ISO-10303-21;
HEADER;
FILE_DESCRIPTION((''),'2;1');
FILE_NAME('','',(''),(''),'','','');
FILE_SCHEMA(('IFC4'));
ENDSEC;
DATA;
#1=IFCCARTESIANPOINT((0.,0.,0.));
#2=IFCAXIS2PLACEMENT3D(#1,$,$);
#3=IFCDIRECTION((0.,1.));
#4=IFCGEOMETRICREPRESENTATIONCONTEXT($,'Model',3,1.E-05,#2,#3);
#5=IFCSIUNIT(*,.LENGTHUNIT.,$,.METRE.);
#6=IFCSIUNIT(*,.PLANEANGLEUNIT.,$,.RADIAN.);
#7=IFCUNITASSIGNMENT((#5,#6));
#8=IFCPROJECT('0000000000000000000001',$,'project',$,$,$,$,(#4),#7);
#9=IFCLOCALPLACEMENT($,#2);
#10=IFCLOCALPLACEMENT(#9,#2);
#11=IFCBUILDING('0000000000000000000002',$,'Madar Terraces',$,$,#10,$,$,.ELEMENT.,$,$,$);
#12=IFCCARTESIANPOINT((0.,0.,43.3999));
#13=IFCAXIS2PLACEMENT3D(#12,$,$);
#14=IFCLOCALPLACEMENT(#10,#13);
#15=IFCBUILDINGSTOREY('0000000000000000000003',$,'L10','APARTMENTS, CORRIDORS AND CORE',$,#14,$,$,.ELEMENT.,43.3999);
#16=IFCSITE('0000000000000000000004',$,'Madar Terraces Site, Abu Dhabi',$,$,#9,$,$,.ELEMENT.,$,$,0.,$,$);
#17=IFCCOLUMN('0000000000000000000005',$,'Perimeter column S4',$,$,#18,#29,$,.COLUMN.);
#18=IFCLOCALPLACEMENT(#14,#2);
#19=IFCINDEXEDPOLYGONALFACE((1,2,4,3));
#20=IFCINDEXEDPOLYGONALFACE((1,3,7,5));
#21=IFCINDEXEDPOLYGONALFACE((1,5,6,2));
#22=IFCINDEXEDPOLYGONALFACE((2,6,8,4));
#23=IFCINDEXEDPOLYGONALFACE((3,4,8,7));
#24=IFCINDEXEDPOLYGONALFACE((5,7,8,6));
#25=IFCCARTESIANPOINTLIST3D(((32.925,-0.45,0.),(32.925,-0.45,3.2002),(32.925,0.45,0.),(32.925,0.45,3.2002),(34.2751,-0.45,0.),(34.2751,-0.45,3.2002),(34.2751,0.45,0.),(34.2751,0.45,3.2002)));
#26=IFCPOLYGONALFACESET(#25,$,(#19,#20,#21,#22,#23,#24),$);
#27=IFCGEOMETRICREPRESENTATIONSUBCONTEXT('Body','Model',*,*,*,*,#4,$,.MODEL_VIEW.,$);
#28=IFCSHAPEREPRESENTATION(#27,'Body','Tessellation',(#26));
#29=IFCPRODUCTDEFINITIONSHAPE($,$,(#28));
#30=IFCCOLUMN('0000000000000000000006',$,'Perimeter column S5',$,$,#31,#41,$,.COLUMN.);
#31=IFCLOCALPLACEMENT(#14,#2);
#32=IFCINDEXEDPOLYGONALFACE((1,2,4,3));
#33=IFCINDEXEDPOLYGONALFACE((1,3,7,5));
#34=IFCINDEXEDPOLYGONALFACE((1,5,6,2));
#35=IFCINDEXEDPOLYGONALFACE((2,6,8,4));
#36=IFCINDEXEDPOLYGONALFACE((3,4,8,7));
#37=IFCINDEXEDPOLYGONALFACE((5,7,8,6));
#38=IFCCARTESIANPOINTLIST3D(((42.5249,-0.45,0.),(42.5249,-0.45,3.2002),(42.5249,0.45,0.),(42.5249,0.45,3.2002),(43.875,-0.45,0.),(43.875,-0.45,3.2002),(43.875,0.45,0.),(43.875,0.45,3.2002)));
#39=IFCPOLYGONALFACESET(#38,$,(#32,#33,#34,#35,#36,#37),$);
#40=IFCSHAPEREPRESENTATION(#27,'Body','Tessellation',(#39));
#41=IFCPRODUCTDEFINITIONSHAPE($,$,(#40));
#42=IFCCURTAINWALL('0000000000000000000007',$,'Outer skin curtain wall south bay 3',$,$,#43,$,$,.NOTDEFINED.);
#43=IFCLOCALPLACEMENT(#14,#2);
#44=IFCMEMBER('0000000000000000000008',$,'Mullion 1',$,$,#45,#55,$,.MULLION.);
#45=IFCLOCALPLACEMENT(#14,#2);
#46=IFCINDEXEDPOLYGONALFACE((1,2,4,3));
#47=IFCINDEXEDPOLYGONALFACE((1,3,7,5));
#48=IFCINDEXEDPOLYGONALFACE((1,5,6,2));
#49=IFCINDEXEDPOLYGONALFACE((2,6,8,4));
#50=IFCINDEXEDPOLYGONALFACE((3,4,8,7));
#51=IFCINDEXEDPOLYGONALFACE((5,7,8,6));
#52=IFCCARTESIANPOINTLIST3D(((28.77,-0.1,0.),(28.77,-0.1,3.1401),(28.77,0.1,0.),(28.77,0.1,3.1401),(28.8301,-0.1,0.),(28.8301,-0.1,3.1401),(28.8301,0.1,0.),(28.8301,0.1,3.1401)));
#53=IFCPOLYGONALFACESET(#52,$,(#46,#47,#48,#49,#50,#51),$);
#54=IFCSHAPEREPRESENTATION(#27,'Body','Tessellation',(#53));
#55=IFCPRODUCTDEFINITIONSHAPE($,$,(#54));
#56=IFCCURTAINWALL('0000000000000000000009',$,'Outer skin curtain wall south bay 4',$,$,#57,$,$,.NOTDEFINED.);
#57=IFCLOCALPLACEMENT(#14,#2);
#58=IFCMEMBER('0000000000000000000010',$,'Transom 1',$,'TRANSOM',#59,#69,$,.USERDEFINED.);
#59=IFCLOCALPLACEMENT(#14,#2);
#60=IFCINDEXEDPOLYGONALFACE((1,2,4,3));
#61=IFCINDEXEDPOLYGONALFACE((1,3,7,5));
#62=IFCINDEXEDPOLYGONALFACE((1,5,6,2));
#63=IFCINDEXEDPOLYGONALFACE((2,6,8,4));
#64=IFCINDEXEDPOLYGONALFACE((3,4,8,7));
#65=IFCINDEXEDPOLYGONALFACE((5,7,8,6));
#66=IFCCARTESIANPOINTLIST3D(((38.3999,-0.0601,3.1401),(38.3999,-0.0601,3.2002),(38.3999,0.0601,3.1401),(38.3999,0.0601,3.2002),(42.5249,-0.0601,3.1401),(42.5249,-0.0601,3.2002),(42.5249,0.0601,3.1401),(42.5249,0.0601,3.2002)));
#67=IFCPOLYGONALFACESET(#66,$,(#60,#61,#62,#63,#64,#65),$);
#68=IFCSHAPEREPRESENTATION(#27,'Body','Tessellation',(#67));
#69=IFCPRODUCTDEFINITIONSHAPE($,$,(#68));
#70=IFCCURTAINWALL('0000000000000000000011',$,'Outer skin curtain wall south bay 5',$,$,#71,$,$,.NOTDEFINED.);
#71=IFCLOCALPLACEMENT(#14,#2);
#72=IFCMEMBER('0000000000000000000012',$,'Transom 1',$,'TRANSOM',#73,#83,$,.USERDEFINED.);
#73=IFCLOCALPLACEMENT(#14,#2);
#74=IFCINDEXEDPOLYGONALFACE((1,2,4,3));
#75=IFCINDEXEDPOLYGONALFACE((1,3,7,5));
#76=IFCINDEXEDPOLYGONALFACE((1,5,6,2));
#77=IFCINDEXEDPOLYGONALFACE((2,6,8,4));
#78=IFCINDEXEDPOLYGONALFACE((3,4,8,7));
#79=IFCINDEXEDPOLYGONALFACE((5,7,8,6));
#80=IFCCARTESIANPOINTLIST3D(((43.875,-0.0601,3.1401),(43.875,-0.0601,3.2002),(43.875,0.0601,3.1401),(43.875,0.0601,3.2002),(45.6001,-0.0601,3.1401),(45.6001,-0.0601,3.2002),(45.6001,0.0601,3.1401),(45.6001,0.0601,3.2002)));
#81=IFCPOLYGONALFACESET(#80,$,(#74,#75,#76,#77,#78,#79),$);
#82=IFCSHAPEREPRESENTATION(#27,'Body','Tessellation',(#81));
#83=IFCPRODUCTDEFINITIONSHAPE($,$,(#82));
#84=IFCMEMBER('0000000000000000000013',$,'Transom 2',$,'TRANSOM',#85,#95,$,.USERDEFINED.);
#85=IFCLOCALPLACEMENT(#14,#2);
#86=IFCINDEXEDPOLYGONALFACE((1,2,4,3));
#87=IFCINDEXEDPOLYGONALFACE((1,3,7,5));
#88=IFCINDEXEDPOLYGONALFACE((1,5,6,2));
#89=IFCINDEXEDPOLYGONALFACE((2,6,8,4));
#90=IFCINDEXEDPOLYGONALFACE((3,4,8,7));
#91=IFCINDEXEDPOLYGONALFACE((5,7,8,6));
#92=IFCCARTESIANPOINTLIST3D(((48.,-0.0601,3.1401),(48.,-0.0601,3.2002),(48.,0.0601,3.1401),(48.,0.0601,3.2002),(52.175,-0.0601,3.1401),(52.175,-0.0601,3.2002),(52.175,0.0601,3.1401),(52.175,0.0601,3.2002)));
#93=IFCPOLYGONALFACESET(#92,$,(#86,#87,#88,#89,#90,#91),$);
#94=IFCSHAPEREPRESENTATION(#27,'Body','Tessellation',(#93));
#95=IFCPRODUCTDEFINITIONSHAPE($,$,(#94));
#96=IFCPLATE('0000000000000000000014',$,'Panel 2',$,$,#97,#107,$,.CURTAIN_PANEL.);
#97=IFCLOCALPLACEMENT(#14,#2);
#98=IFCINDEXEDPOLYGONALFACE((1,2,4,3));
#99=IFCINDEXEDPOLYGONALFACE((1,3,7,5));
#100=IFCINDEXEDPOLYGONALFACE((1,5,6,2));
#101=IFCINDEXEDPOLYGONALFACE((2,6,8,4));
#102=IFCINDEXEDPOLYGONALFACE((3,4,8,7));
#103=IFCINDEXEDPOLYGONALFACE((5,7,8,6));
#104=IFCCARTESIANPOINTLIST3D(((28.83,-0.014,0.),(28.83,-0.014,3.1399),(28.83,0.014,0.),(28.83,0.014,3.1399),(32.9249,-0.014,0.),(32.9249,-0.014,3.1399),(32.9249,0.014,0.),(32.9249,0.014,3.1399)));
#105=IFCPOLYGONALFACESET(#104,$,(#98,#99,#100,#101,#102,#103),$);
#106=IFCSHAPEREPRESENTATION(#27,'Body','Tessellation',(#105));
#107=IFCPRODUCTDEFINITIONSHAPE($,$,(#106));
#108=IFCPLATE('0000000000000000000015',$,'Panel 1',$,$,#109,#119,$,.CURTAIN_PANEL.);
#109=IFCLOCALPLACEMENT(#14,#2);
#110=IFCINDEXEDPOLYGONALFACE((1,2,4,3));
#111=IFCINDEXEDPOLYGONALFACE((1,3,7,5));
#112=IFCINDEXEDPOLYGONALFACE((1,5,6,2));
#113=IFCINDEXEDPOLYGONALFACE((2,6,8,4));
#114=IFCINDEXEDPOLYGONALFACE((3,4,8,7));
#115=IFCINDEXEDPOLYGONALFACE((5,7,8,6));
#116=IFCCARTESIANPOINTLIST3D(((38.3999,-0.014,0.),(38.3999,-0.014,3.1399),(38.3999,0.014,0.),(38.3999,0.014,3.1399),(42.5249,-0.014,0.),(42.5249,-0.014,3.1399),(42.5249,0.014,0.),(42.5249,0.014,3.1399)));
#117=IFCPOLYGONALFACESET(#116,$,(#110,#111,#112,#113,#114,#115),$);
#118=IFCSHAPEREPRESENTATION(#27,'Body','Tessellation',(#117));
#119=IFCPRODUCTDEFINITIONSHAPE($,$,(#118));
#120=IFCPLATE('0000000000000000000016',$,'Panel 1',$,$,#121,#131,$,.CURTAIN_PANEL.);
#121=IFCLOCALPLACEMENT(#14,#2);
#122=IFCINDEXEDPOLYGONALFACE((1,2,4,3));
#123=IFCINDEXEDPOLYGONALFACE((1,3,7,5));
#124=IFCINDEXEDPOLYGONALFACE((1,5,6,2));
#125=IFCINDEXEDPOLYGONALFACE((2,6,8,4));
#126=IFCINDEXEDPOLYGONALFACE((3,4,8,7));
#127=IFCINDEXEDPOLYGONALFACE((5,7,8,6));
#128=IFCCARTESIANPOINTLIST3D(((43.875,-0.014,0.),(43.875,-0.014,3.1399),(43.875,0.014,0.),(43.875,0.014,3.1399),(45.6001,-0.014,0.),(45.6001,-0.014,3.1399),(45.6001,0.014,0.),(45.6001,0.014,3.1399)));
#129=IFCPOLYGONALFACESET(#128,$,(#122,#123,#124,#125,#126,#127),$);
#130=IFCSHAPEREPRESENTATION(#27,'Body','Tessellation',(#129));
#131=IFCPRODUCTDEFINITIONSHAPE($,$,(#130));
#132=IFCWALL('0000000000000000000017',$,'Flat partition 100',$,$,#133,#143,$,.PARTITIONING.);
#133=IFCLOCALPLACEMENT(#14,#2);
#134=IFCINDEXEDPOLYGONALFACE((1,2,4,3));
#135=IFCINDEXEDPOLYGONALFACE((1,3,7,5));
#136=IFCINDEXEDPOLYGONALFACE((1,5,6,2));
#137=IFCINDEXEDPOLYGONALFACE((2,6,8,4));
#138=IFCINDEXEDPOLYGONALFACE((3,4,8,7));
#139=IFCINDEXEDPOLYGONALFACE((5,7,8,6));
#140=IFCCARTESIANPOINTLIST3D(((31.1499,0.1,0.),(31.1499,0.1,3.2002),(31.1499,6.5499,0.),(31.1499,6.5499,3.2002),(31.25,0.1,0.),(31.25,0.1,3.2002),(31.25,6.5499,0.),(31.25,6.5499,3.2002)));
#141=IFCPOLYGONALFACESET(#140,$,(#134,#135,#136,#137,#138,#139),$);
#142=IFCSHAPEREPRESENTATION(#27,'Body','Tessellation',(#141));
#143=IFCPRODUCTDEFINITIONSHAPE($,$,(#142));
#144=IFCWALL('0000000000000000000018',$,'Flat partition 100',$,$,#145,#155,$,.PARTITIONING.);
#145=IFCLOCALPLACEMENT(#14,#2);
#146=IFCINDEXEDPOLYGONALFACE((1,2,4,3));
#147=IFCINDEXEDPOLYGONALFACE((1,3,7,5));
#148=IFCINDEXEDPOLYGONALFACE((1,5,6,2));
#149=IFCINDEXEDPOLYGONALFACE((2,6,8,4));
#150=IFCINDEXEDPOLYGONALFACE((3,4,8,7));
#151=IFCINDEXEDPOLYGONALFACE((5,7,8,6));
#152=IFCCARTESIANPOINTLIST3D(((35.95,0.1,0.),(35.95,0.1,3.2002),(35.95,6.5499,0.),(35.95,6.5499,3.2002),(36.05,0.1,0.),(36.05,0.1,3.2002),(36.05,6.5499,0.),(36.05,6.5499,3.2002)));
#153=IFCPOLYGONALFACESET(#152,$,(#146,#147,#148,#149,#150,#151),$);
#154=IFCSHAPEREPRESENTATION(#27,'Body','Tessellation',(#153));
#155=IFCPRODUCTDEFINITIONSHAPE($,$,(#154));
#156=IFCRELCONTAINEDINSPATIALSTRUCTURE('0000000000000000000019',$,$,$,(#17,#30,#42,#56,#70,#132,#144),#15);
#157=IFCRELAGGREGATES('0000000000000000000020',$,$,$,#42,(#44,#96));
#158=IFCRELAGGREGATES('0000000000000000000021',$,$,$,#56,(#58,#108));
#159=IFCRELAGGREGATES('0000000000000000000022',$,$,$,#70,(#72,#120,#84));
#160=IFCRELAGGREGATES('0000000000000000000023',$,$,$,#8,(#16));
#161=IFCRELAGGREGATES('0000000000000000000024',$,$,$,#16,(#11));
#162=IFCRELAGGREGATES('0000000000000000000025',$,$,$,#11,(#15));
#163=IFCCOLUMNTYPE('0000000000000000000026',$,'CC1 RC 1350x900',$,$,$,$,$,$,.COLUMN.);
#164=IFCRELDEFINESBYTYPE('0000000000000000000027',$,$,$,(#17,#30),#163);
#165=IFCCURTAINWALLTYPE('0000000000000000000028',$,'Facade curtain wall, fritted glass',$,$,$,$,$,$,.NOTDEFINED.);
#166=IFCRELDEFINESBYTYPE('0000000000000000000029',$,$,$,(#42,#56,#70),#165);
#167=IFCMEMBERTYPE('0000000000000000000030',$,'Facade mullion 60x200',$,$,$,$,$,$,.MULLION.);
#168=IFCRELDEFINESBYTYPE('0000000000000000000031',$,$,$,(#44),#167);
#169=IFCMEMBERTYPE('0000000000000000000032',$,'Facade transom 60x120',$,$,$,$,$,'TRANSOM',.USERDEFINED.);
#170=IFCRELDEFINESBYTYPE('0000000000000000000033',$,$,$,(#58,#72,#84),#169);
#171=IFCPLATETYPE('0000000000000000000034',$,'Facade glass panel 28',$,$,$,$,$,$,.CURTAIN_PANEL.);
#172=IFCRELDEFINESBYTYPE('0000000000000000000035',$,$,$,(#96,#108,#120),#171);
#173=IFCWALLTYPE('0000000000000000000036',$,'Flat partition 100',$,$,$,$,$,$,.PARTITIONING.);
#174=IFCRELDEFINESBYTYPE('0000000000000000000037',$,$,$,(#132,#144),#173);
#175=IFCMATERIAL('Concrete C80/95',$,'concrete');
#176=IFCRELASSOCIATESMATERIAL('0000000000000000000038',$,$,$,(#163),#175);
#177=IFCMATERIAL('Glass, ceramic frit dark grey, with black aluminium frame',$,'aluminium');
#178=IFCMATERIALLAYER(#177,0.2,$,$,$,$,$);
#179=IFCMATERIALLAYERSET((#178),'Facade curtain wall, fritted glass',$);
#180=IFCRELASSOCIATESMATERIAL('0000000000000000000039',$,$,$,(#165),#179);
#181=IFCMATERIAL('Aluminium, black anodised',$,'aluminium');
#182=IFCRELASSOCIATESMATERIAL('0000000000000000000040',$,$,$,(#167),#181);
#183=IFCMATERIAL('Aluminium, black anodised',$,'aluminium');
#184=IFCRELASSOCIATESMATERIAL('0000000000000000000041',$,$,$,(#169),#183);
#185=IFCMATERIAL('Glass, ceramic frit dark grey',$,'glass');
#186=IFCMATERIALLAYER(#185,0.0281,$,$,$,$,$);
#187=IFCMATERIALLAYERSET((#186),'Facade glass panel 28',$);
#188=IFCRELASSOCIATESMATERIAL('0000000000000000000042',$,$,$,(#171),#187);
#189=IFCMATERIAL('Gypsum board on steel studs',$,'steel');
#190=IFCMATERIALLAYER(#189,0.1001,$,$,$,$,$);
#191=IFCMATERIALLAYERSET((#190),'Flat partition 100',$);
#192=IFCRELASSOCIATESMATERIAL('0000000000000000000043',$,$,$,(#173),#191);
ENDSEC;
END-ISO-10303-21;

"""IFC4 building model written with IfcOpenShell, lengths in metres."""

from ifc_helpers import new_model, si_unit, direction, frame, frame_2d, origin, origin_2d, place, context, subcontext, project, spatial, rectangle, extrude, material, layer, layer_set, material_profile, profile_set, type_object, element, aggregate, save


model = new_model("IFC4")

# Units and contexts
model_context = context("Model", 3, precision=1e-05, world=origin(), true_north=direction((0.0, 1.0)))
body_context = subcontext(model_context, "Body", "Model", "MODEL_VIEW")
ifc_project = project(units=[si_unit("LENGTHUNIT", "METRE"), si_unit("PLANEANGLEUNIT", "RADIAN")], contexts=[model_context])

# Site, building, storey
site_placement = place(None, origin())
site = spatial("IfcSite", under=ifc_project, at=site_placement, Name="Madar Terraces Site, Abu Dhabi", CompositionType="ELEMENT", RefElevation=0.0)
building_placement = place(site_placement, origin())
building = spatial("IfcBuilding", under=site, at=building_placement, Name="Madar Terraces", CompositionType="ELEMENT")
storey_placement = place(building_placement, frame((0.0, 0.0, 43.3999)))
storey = spatial("IfcBuildingStorey", under=building, at=storey_placement, Name="L10", Description="APARTMENTS, CORRIDORS AND CORE", CompositionType="ELEMENT", Elevation=43.3999)

# Columns
ifc_material_1 = material(Name="Concrete C80/95", Category="concrete")
ifc_material_profile_1 = material_profile(ifc_material_1, rectangle(XDim=1.3501, YDim=0.8999, at=origin_2d()), Name="CC1 RC 1350x900")
ifc_profile_set_1 = profile_set([ifc_material_profile_1], Name="Concrete C80/95")
column_type = type_object("IfcColumnType", Name="CC1 RC 1350x900", PredefinedType="COLUMN", material=ifc_profile_set_1)
for number, where, z_axis, x_axis, name in (
    (1, (33.6001, 0.0, 0.0), (0.0, 0.0, 1.0), (1.0, 0.0, 0.0), "Perimeter column S4"),
    (2, (43.2, 0.0, 0.0), (0.0, 0.0, 1.0), (1.0, 0.0, 0.0), "Perimeter column S5"),
):
    element("IfcColumn", number, at=place(storey_placement, frame(where, z_axis=z_axis, x_axis=x_axis)), inside=storey, type_object=column_type, Name=name, PredefinedType="COLUMN", context=body_context, shape_type="SweptSolid", body=[
        extrude(rectangle(XDim=1.3501, YDim=0.8999, at=origin_2d()), origin(), (0.0, 0.0, 1.0), 3.2002),
    ])

# Curtain walls, members
ifc_material_2 = material(Name="Glass, ceramic frit dark grey, with black aluminium frame", Category="aluminium")
ifc_layer_1 = layer(ifc_material_2, 0.2)
ifc_layer_set_1 = layer_set([ifc_layer_1], Name="Facade curtain wall, fritted glass")
curtain_wall_type = type_object("IfcCurtainWallType", Name="Facade curtain wall, fritted glass", PredefinedType="NOTDEFINED", material=ifc_layer_set_1)
curtain_wall_1_placement = place(storey_placement, origin())
curtain_wall_1 = element("IfcCurtainWall", 3, at=curtain_wall_1_placement, inside=storey, type_object=curtain_wall_type, Name="Outer skin curtain wall south bay 3", PredefinedType="NOTDEFINED")
ifc_material_3 = material(Name="Aluminium, black anodised", Category="aluminium")
ifc_material_profile_2 = material_profile(ifc_material_3, rectangle(XDim=0.2, YDim=0.0601, at=origin_2d()), Name="Facade mullion 60x200")
ifc_profile_set_2 = profile_set([ifc_material_profile_2], Name="Aluminium, black anodised")
member_type_1 = type_object("IfcMemberType", Name="Facade mullion 60x200", PredefinedType="MULLION", material=ifc_profile_set_2)
member_1_placement = place(storey_placement, frame((28.8, 0.0, 0.0), z_axis=(0.0, 0.0, 1.0), x_axis=(0.0, 1.0, 0.0)))
member_1 = element("IfcMember", 4, at=member_1_placement, type_object=member_type_1, Name="Mullion 1", PredefinedType="MULLION", context=body_context, shape_type="SweptSolid", body=[
    extrude(rectangle(XDim=0.2, YDim=0.0601, at=origin_2d()), origin(), (0.0, 0.0, 1.0), 3.1401),
])
curtain_wall_2_placement = place(storey_placement, origin())
curtain_wall_2 = element("IfcCurtainWall", 5, at=curtain_wall_2_placement, inside=storey, type_object=curtain_wall_type, Name="Outer skin curtain wall south bay 4", PredefinedType="NOTDEFINED")
ifc_material_4 = material(Name="Aluminium, black anodised", Category="aluminium")
ifc_material_profile_3 = material_profile(ifc_material_4, rectangle(XDim=0.1201, YDim=0.0601, at=origin_2d()), Name="Facade transom 60x120")
ifc_profile_set_3 = profile_set([ifc_material_profile_3], Name="Aluminium, black anodised")
member_type_2 = type_object("IfcMemberType", Name="Facade transom 60x120", ElementType="TRANSOM", PredefinedType="USERDEFINED", material=ifc_profile_set_3)
member_2_placement = place(storey_placement, frame((38.3999, 0.0, 3.1702), z_axis=(1.0, 0.0, 0.0), x_axis=(0.0, 1.0, 0.0)))
member_2 = element("IfcMember", 6, at=member_2_placement, type_object=member_type_2, Name="Transom 1", ObjectType="TRANSOM", PredefinedType="USERDEFINED", context=body_context, shape_type="SweptSolid", body=[
    extrude(rectangle(XDim=0.1201, YDim=0.0601, at=origin_2d()), origin(), (0.0, 0.0, 1.0), 4.125),
])

# Curtain wall, members
curtain_wall_3_placement = place(storey_placement, origin())
curtain_wall_3 = element("IfcCurtainWall", 7, at=curtain_wall_3_placement, inside=storey, type_object=curtain_wall_type, Name="Outer skin curtain wall south bay 5", PredefinedType="NOTDEFINED")
member_3_placement = place(storey_placement, frame((43.875, 0.0, 3.1702), z_axis=(1.0, 0.0, 0.0), x_axis=(0.0, 1.0, 0.0)))
member_3 = element("IfcMember", 8, at=member_3_placement, type_object=member_type_2, Name="Transom 1", ObjectType="TRANSOM", PredefinedType="USERDEFINED", context=body_context, shape_type="SweptSolid", body=[
    extrude(rectangle(XDim=0.1201, YDim=0.0601, at=origin_2d()), origin(), (0.0, 0.0, 1.0), 1.7251),
])
member_4_placement = place(storey_placement, frame((48.0, 0.0, 3.1702), z_axis=(1.0, 0.0, 0.0), x_axis=(0.0, 1.0, 0.0)))
member_4 = element("IfcMember", 9, at=member_4_placement, type_object=member_type_2, Name="Transom 2", ObjectType="TRANSOM", PredefinedType="USERDEFINED", context=body_context, shape_type="SweptSolid", body=[
    extrude(rectangle(XDim=0.1201, YDim=0.0601, at=origin_2d()), origin(), (0.0, 0.0, 1.0), 4.175),
])

# Plates
ifc_material_5 = material(Name="Glass, ceramic frit dark grey", Category="glass")
ifc_layer_2 = layer(ifc_material_5, 0.0281)
ifc_layer_set_2 = layer_set([ifc_layer_2], Name="Facade glass panel 28")
plate_type = type_object("IfcPlateType", Name="Facade glass panel 28", PredefinedType="CURTAIN_PANEL", material=ifc_layer_set_2)
plate_1_placement = place(storey_placement, frame((30.8774, 0.0, 0.0), z_axis=(0.0, 0.0, 1.0), x_axis=(1.0, 0.0, 0.0)))
plate_1 = element("IfcPlate", 10, at=plate_1_placement, type_object=plate_type, Name="Panel 2", PredefinedType="CURTAIN_PANEL", context=body_context, shape_type="SweptSolid", body=[
    extrude(rectangle(XDim=4.095, YDim=0.0281, at=origin_2d()), origin(), (0.0, 0.0, 1.0), 3.1399),
])
aggregate(curtain_wall_1, [member_1, plate_1])
plate_2_placement = place(storey_placement, frame((40.4624, 0.0, 0.0), z_axis=(0.0, 0.0, 1.0), x_axis=(1.0, 0.0, 0.0)))
plate_2 = element("IfcPlate", 11, at=plate_2_placement, type_object=plate_type, Name="Panel 1", PredefinedType="CURTAIN_PANEL", context=body_context, shape_type="SweptSolid", body=[
    extrude(rectangle(XDim=4.125, YDim=0.0281, at=origin_2d()), origin(), (0.0, 0.0, 1.0), 3.1399),
])
aggregate(curtain_wall_2, [member_2, plate_2])
plate_3_placement = place(storey_placement, frame((44.7375, 0.0, 0.0), z_axis=(0.0, 0.0, 1.0), x_axis=(1.0, 0.0, 0.0)))
plate_3 = element("IfcPlate", 12, at=plate_3_placement, type_object=plate_type, Name="Panel 1", PredefinedType="CURTAIN_PANEL", context=body_context, shape_type="SweptSolid", body=[
    extrude(rectangle(XDim=1.7251, YDim=0.0281, at=origin_2d()), origin(), (0.0, 0.0, 1.0), 3.1399),
])
aggregate(curtain_wall_3, [member_3, plate_3, member_4])

# Walls
ifc_material_6 = material(Name="Gypsum board on steel studs", Category="steel")
ifc_layer_3 = layer(ifc_material_6, 0.1001)
ifc_layer_set_3 = layer_set([ifc_layer_3], Name="Flat partition 100")
wall_type_1 = type_object("IfcWallType", Name="Flat partition 100", PredefinedType="PARTITIONING", material=ifc_layer_set_3)
for number, where, z_axis, x_axis, name in (
    (13, (31.2, 6.55, 0.0), (0.0, 0.0, 1.0), (0.0, -1.0, 0.0), "Flat partition 100"),
    (14, (36.0, 6.55, 0.0), (0.0, 0.0, 1.0), (0.0, -1.0, 0.0), "Flat partition 100"),
):
    element("IfcWall", number, at=place(storey_placement, frame(where, z_axis=z_axis, x_axis=x_axis)), inside=storey, type_object=wall_type_1, Name=name, PredefinedType="PARTITIONING", context=body_context, shape_type="SweptSolid", body=[
        extrude(rectangle(XDim=6.45, YDim=0.1001, at=frame_2d((3.2251, 0.0))), origin(), (0.0, 0.0, 1.0), 3.2002),
    ])

save(model, "model.ifc")
